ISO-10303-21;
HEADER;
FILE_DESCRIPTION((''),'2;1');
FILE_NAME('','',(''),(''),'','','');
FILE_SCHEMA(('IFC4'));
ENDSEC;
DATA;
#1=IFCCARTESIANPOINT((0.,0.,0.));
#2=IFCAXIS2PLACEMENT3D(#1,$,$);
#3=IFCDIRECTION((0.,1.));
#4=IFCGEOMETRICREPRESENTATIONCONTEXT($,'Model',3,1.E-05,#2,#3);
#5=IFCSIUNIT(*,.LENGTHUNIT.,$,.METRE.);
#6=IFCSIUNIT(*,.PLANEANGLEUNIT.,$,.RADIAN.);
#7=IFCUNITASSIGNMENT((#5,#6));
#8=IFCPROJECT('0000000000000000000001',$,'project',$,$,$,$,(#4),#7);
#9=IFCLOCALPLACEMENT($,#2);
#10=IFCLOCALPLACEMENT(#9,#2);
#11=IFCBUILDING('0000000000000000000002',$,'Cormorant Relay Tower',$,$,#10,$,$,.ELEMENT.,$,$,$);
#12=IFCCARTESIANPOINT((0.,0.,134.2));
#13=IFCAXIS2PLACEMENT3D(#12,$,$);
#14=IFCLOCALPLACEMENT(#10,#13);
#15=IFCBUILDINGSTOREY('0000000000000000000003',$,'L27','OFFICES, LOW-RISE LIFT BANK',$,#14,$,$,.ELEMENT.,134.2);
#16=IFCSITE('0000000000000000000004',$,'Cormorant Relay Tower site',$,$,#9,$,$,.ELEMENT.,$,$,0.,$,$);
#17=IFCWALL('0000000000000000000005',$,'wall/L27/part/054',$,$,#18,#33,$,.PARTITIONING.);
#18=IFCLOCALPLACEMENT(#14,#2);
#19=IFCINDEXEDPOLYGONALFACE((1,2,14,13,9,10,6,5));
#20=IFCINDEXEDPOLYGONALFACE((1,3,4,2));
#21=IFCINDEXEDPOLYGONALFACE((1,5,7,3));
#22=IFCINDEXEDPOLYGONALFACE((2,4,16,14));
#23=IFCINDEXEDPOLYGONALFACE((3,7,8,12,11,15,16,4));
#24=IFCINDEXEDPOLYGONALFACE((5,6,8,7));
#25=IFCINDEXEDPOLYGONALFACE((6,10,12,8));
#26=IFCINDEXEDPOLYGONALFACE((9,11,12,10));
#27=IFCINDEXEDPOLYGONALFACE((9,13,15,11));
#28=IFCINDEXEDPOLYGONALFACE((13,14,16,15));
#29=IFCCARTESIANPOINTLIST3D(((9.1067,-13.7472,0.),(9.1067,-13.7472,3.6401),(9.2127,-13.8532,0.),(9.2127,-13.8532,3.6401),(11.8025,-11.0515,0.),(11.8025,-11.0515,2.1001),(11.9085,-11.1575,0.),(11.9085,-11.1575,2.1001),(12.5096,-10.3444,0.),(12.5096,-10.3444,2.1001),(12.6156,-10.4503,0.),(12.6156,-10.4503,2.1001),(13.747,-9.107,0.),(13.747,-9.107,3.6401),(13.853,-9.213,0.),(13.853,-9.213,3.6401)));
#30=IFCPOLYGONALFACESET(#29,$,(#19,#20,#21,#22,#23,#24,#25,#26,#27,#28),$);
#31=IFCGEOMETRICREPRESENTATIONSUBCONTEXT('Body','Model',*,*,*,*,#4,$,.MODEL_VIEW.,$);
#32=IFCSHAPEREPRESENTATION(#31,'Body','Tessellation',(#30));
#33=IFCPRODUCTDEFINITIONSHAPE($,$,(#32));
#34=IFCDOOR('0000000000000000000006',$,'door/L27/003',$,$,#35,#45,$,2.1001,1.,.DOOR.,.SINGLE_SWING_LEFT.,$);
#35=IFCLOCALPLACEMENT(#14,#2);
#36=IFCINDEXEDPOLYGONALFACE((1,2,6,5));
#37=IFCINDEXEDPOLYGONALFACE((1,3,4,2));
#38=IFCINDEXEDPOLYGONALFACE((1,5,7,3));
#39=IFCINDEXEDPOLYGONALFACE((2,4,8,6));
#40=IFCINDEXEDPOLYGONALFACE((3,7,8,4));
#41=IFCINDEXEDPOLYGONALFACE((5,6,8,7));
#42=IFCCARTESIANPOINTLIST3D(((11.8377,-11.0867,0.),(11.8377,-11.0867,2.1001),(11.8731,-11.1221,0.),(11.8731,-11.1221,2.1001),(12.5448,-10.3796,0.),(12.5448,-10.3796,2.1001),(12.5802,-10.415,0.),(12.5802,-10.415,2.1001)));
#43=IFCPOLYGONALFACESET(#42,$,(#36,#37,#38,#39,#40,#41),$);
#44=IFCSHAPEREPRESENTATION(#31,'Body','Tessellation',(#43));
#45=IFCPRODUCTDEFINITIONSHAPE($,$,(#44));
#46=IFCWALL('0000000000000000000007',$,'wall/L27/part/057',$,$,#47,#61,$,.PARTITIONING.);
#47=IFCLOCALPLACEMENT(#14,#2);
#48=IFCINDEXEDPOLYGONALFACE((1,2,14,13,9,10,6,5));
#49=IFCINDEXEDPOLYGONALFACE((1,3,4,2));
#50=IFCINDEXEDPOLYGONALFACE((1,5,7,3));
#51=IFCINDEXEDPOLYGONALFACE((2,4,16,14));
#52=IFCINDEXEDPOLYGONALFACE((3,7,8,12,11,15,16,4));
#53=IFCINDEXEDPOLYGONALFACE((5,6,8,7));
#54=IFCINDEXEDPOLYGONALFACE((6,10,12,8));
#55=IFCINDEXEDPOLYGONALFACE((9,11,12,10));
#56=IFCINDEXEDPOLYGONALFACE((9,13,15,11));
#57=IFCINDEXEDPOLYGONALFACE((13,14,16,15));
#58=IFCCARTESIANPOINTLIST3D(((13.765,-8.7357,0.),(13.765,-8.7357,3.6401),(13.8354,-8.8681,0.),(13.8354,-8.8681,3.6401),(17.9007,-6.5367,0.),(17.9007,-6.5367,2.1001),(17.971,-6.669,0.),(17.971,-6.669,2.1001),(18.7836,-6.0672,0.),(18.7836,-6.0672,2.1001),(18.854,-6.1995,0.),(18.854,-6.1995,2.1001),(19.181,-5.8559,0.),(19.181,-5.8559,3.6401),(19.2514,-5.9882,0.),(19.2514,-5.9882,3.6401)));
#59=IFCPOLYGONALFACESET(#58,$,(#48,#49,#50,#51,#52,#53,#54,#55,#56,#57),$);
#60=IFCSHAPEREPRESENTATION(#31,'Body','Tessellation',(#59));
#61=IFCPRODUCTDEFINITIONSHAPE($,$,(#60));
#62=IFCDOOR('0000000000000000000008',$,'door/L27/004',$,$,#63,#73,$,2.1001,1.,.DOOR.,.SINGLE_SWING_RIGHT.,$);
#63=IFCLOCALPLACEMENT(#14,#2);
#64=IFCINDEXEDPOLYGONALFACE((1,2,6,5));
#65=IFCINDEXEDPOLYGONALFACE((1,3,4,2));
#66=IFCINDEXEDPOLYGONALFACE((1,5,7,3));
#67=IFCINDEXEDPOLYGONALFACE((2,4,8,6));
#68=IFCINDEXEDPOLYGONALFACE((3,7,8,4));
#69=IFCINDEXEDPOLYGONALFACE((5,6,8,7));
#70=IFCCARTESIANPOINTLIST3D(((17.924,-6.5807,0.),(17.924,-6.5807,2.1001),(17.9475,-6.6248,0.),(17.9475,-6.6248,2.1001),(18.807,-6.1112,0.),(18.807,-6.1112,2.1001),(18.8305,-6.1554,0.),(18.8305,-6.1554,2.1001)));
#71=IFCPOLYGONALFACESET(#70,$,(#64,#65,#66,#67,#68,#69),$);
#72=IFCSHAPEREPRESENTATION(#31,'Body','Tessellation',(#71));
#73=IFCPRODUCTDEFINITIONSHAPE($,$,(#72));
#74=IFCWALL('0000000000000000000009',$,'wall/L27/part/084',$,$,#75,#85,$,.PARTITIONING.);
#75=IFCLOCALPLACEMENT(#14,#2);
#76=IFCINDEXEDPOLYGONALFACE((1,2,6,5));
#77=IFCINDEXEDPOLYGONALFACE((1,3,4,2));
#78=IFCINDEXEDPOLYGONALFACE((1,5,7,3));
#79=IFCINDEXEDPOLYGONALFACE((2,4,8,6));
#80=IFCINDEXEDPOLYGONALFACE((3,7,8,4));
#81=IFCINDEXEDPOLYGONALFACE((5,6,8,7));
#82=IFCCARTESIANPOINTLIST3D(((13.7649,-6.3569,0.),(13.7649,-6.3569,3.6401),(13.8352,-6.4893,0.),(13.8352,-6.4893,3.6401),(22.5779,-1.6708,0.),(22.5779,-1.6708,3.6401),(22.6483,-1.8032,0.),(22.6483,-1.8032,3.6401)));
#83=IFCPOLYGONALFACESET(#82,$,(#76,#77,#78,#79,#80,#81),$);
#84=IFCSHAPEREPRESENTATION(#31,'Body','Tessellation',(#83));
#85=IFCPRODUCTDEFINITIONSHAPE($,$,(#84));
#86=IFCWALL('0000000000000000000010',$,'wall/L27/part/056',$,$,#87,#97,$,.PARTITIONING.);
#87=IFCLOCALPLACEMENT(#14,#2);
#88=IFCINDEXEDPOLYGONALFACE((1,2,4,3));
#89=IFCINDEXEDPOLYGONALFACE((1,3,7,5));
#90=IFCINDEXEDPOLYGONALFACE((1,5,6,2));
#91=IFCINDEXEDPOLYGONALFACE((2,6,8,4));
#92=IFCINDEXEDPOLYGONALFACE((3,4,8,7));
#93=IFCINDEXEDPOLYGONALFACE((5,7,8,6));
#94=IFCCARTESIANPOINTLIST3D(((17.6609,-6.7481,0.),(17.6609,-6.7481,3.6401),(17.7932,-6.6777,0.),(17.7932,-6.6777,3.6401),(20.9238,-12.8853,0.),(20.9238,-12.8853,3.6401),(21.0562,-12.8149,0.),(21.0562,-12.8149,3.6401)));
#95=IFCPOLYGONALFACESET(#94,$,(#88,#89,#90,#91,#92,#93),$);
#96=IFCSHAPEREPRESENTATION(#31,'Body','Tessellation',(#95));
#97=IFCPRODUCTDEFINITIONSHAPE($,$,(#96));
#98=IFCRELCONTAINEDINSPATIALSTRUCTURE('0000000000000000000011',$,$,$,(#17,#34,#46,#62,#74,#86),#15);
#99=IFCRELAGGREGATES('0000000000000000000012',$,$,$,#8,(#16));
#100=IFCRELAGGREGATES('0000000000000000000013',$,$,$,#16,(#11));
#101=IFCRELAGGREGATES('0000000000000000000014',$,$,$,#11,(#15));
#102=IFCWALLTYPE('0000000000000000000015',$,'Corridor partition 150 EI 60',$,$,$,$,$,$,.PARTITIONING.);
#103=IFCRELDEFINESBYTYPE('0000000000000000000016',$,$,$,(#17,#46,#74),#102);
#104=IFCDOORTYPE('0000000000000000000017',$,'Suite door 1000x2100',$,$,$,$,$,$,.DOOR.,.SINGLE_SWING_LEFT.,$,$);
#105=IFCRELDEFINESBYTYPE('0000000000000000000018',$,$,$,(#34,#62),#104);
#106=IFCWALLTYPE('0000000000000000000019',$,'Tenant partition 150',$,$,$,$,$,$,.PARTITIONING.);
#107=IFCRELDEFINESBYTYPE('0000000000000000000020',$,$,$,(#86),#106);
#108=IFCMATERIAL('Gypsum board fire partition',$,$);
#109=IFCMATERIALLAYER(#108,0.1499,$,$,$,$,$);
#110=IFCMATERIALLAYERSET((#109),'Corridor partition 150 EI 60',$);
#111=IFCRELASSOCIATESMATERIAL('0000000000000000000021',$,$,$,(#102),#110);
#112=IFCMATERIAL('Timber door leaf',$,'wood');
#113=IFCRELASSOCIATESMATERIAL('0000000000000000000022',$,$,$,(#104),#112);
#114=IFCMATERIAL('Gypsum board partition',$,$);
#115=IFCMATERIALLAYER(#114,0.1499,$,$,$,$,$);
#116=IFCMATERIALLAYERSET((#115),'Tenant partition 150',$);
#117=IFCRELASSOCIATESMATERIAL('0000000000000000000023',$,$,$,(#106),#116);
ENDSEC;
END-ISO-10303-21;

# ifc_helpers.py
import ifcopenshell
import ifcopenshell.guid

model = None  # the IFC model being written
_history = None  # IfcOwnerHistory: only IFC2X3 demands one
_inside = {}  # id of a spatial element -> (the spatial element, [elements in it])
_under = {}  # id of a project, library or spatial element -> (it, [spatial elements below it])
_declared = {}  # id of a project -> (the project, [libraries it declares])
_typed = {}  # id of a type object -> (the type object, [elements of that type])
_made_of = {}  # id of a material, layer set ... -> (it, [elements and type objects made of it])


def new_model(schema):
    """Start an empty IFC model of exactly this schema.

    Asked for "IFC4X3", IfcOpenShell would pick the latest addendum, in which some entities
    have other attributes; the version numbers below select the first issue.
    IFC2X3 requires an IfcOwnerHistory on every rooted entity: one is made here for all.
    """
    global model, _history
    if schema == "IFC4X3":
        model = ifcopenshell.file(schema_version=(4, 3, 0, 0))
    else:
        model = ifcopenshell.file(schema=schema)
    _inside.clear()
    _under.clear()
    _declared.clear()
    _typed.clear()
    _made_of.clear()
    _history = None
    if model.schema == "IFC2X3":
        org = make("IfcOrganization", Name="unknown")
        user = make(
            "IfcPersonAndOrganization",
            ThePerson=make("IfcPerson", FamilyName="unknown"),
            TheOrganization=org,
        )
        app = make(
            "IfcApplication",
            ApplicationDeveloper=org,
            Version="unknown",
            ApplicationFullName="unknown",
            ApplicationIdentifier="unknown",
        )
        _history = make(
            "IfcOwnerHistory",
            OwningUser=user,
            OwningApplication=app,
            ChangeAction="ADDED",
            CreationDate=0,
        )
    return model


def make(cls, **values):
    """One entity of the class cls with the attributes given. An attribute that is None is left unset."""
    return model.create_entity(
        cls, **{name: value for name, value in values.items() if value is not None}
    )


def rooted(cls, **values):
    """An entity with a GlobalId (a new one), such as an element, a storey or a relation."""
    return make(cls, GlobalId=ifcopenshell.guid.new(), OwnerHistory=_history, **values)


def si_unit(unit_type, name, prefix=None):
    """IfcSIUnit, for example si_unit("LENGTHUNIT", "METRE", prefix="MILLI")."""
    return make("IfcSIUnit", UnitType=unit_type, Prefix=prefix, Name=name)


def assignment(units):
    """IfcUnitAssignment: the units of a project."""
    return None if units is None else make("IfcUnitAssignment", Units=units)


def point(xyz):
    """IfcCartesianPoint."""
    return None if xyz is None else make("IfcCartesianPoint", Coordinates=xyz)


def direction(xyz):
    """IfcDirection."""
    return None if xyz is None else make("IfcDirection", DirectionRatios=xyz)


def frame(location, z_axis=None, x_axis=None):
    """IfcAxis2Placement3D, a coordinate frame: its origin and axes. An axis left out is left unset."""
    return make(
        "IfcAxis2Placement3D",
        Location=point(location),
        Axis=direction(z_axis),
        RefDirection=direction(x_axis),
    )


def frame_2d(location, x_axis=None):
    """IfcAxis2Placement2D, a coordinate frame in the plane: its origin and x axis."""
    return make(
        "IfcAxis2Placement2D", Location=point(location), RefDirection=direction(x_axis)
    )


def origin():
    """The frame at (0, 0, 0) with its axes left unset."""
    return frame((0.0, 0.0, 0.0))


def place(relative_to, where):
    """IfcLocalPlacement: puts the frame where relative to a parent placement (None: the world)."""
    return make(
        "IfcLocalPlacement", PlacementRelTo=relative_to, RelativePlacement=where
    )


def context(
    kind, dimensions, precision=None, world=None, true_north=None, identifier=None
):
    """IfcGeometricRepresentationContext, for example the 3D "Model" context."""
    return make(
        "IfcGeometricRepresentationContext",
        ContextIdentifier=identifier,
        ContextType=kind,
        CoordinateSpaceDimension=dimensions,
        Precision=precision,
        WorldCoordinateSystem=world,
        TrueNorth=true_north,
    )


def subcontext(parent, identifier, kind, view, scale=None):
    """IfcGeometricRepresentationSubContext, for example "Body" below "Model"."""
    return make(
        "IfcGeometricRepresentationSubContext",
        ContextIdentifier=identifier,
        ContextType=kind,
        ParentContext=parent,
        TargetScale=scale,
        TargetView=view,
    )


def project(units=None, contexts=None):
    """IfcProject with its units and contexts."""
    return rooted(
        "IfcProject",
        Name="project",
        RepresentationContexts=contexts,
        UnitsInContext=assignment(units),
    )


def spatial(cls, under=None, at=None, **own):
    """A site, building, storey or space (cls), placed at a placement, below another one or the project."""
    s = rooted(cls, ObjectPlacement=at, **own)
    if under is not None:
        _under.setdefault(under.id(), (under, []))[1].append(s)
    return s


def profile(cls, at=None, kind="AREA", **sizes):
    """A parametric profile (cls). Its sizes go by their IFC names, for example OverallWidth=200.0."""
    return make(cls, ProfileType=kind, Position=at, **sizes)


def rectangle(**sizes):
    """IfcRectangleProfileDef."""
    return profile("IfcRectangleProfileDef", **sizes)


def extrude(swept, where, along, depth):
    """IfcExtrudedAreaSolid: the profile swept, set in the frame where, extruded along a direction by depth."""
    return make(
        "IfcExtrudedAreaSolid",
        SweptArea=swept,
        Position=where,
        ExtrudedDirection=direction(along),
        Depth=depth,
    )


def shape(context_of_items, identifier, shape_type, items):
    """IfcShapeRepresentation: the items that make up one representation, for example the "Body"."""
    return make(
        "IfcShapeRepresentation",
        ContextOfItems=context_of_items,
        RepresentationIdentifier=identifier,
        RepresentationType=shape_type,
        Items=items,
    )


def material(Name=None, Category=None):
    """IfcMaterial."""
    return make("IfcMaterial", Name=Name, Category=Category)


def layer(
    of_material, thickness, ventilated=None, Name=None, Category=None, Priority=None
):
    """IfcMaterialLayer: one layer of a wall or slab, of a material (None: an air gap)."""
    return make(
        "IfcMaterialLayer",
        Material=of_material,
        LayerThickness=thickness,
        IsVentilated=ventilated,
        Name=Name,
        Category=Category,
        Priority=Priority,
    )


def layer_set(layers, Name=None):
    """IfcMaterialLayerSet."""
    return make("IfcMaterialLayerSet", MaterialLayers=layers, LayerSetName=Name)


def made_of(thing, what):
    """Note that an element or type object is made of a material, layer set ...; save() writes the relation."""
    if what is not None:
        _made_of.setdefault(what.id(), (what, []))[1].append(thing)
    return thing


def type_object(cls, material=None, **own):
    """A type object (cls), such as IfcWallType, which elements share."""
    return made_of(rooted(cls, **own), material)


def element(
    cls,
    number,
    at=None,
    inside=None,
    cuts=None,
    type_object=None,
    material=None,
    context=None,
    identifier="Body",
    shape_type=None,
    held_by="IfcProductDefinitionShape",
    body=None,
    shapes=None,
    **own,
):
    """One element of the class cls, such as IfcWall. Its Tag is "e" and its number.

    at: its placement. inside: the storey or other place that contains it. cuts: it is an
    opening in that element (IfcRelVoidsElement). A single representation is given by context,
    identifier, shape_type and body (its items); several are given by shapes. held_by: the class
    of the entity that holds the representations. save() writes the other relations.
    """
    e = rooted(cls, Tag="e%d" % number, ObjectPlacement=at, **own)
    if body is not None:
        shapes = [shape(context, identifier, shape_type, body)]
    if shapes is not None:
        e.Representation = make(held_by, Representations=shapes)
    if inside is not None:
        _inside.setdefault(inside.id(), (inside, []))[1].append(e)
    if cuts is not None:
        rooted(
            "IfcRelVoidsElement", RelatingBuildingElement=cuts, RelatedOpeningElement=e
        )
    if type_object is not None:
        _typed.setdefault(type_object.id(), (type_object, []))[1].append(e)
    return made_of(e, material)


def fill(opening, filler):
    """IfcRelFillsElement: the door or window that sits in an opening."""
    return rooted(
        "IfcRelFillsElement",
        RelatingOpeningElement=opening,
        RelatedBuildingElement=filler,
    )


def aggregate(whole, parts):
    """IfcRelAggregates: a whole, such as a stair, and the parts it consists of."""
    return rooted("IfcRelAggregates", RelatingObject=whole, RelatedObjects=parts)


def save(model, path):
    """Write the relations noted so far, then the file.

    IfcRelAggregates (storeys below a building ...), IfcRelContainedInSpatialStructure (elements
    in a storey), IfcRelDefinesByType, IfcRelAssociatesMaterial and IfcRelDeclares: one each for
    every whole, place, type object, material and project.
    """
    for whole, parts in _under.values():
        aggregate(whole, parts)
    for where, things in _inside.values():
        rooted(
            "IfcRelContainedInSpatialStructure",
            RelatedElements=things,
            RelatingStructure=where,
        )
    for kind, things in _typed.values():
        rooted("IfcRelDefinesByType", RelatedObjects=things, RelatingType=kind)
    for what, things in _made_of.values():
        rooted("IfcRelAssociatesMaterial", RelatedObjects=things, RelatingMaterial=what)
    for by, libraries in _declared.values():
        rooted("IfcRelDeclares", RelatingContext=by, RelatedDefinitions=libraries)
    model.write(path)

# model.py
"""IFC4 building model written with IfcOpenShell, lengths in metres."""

from ifc_helpers import new_model, si_unit, direction, frame, frame_2d, origin, place, context, subcontext, project, spatial, rectangle, extrude, material, layer, layer_set, type_object, element, fill, save


model = new_model("IFC4")

# Units and contexts
model_context = context("Model", 3, precision=1e-05, world=origin(), true_north=direction((0.0, 1.0)))
body_context = subcontext(model_context, "Body", "Model", "MODEL_VIEW")
ifc_project = project(units=[si_unit("LENGTHUNIT", "METRE"), si_unit("PLANEANGLEUNIT", "RADIAN")], contexts=[model_context])

# Site, building, storey
site_placement = place(None, origin())
site = spatial("IfcSite", under=ifc_project, at=site_placement, Name="Cormorant Relay Tower site", CompositionType="ELEMENT", RefElevation=0.0)
building_placement = place(site_placement, origin())
building = spatial("IfcBuilding", under=site, at=building_placement, Name="Cormorant Relay Tower", CompositionType="ELEMENT")
storey_placement = place(building_placement, frame((0.0, 0.0, 134.2)))
storey = spatial("IfcBuildingStorey", under=building, at=storey_placement, Name="L27", Description="OFFICES, LOW-RISE LIFT BANK", CompositionType="ELEMENT", Elevation=134.2)

# Walls, openings, doors
ifc_material_1 = material(Name="Gypsum board fire partition")
ifc_layer_1 = layer(ifc_material_1, 0.1499)
ifc_layer_set_1 = layer_set([ifc_layer_1], Name="Corridor partition 150 EI 60")
wall_type_1 = type_object("IfcWallType", Name="Corridor partition 150 EI 60", PredefinedType="PARTITIONING", material=ifc_layer_set_1)
wall_1_placement = place(storey_placement, frame((13.8, -9.1599, 0.0), z_axis=(0.0, 0.0, 1.0), x_axis=(-0.707107, -0.707107, 0.0)))
wall_1 = element("IfcWall", 1, at=wall_1_placement, inside=storey, type_object=wall_type_1, Name="wall/L27/part/054", PredefinedType="PARTITIONING", context=body_context, shape_type="SweptSolid", body=[
    extrude(rectangle(XDim=6.5623, YDim=0.1499, at=frame_2d((3.2812, 0.0))), origin(), (0.0, 0.0, 1.0), 3.6401),
])
opening_1_placement = place(wall_1_placement, frame((1.75, 0.0, 0.0)))
opening_1 = element("IfcOpeningElement", 2, at=opening_1_placement, cuts=wall_1, PredefinedType="OPENING", context=body_context, shape_type="SweptSolid", body=[
    extrude(rectangle(XDim=1.0, YDim=2.1001, at=frame_2d((0.5, 1.05))), frame((0.0, 0.085, 0.0), z_axis=(0.0, -1.0, 0.0), x_axis=(1.0, 0.0, 0.0)), (0.0, 0.0, 1.0), 0.1699),
])
ifc_material_2 = material(Name="Timber door leaf", Category="wood")
door_type_1 = type_object("IfcDoorType", Name="Suite door 1000x2100", OperationType="SINGLE_SWING_LEFT", PredefinedType="DOOR", material=ifc_material_2)
door_1_placement = place(opening_1_placement, origin())
door_1 = element("IfcDoor", 3, at=door_1_placement, inside=storey, type_object=door_type_1, Name="door/L27/003", OperationType="SINGLE_SWING_LEFT", OverallHeight=2.1001, OverallWidth=1.0, PredefinedType="DOOR", context=body_context, shape_type="SweptSolid", body=[
    extrude(rectangle(XDim=1.0, YDim=2.1001, at=frame_2d((0.5, 1.05))), frame((0.0, 0.0249, 0.0), z_axis=(0.0, -1.0, 0.0), x_axis=(1.0, 0.0, 0.0)), (0.0, 0.0, 1.0), 0.05),
])
fill(opening_1, door_1)
wall_2_placement = place(storey_placement, frame((19.2161, -5.9221, 0.0), z_axis=(0.0, 0.0, 1.0), x_axis=(-0.882938, -0.469489, 0.0)))
wall_2 = element("IfcWall", 4, at=wall_2_placement, inside=storey, type_object=wall_type_1, Name="wall/L27/part/057", PredefinedType="PARTITIONING", context=body_context, shape_type="SweptSolid", body=[
    extrude(rectangle(XDim=6.134, YDim=0.1499, at=frame_2d((3.0669, 0.0))), origin(), (0.0, 0.0, 1.0), 3.6401),
])
opening_2_placement = place(wall_2_placement, frame((0.45, 0.0, 0.0)))
opening_2 = element("IfcOpeningElement", 5, at=opening_2_placement, cuts=wall_2, PredefinedType="OPENING", context=body_context, shape_type="SweptSolid", body=[
    extrude(rectangle(XDim=1.0, YDim=2.1001, at=frame_2d((0.5, 1.05))), frame((0.0, 0.085, 0.0), z_axis=(0.0, -1.0, 0.0), x_axis=(1.0, 0.0, 0.0)), (0.0, 0.0, 1.0), 0.1699),
])
door_2_placement = place(opening_2_placement, origin())
door_2 = element("IfcDoor", 6, at=door_2_placement, inside=storey, type_object=door_type_1, Name="door/L27/004", OperationType="SINGLE_SWING_RIGHT", OverallHeight=2.1001, OverallWidth=1.0, PredefinedType="DOOR", context=body_context, shape_type="SweptSolid", body=[
    extrude(rectangle(XDim=1.0, YDim=2.1001, at=frame_2d((0.5, 1.05))), frame((0.0, 0.0249, 0.0), z_axis=(0.0, -1.0, 0.0), x_axis=(1.0, 0.0, 0.0)), (0.0, 0.0, 1.0), 0.05),
])
fill(opening_2, door_2)

# Walls
wall_3_placement = place(storey_placement, frame((13.8, -6.4231, 0.0), z_axis=(0.0, 0.0, 1.0), x_axis=(0.882944, 0.469478, 0.0)))
element("IfcWall", 7, at=wall_3_placement, inside=storey, type_object=wall_type_1, Name="wall/L27/part/084", PredefinedType="PARTITIONING", context=body_context, shape_type="SweptSolid", body=[
    extrude(rectangle(XDim=9.9814, YDim=0.1499, at=frame_2d((4.9907, 0.0))), origin(), (0.0, 0.0, 1.0), 3.6401),
])
ifc_material_3 = material(Name="Gypsum board partition")
ifc_layer_2 = layer(ifc_material_3, 0.1499)
ifc_layer_set_2 = layer_set([ifc_layer_2], Name="Tenant partition 150")
wall_type_2 = type_object("IfcWallType", Name="Tenant partition 150", PredefinedType="PARTITIONING", material=ifc_layer_set_2)
wall_4_placement = place(storey_placement, frame((17.7271, -6.7129, 0.0), z_axis=(0.0, 0.0, 1.0), x_axis=(0.469441, -0.882964, 0.0)))
element("IfcWall", 8, at=wall_4_placement, inside=storey, type_object=wall_type_2, Name="wall/L27/part/056", PredefinedType="PARTITIONING", context=body_context, shape_type="SweptSolid", body=[
    extrude(rectangle(XDim=6.9507, YDim=0.1499, at=frame_2d((3.4753, 0.0))), origin(), (0.0, 0.0, 1.0), 3.6401),
])

save(model, "model.ifc")
